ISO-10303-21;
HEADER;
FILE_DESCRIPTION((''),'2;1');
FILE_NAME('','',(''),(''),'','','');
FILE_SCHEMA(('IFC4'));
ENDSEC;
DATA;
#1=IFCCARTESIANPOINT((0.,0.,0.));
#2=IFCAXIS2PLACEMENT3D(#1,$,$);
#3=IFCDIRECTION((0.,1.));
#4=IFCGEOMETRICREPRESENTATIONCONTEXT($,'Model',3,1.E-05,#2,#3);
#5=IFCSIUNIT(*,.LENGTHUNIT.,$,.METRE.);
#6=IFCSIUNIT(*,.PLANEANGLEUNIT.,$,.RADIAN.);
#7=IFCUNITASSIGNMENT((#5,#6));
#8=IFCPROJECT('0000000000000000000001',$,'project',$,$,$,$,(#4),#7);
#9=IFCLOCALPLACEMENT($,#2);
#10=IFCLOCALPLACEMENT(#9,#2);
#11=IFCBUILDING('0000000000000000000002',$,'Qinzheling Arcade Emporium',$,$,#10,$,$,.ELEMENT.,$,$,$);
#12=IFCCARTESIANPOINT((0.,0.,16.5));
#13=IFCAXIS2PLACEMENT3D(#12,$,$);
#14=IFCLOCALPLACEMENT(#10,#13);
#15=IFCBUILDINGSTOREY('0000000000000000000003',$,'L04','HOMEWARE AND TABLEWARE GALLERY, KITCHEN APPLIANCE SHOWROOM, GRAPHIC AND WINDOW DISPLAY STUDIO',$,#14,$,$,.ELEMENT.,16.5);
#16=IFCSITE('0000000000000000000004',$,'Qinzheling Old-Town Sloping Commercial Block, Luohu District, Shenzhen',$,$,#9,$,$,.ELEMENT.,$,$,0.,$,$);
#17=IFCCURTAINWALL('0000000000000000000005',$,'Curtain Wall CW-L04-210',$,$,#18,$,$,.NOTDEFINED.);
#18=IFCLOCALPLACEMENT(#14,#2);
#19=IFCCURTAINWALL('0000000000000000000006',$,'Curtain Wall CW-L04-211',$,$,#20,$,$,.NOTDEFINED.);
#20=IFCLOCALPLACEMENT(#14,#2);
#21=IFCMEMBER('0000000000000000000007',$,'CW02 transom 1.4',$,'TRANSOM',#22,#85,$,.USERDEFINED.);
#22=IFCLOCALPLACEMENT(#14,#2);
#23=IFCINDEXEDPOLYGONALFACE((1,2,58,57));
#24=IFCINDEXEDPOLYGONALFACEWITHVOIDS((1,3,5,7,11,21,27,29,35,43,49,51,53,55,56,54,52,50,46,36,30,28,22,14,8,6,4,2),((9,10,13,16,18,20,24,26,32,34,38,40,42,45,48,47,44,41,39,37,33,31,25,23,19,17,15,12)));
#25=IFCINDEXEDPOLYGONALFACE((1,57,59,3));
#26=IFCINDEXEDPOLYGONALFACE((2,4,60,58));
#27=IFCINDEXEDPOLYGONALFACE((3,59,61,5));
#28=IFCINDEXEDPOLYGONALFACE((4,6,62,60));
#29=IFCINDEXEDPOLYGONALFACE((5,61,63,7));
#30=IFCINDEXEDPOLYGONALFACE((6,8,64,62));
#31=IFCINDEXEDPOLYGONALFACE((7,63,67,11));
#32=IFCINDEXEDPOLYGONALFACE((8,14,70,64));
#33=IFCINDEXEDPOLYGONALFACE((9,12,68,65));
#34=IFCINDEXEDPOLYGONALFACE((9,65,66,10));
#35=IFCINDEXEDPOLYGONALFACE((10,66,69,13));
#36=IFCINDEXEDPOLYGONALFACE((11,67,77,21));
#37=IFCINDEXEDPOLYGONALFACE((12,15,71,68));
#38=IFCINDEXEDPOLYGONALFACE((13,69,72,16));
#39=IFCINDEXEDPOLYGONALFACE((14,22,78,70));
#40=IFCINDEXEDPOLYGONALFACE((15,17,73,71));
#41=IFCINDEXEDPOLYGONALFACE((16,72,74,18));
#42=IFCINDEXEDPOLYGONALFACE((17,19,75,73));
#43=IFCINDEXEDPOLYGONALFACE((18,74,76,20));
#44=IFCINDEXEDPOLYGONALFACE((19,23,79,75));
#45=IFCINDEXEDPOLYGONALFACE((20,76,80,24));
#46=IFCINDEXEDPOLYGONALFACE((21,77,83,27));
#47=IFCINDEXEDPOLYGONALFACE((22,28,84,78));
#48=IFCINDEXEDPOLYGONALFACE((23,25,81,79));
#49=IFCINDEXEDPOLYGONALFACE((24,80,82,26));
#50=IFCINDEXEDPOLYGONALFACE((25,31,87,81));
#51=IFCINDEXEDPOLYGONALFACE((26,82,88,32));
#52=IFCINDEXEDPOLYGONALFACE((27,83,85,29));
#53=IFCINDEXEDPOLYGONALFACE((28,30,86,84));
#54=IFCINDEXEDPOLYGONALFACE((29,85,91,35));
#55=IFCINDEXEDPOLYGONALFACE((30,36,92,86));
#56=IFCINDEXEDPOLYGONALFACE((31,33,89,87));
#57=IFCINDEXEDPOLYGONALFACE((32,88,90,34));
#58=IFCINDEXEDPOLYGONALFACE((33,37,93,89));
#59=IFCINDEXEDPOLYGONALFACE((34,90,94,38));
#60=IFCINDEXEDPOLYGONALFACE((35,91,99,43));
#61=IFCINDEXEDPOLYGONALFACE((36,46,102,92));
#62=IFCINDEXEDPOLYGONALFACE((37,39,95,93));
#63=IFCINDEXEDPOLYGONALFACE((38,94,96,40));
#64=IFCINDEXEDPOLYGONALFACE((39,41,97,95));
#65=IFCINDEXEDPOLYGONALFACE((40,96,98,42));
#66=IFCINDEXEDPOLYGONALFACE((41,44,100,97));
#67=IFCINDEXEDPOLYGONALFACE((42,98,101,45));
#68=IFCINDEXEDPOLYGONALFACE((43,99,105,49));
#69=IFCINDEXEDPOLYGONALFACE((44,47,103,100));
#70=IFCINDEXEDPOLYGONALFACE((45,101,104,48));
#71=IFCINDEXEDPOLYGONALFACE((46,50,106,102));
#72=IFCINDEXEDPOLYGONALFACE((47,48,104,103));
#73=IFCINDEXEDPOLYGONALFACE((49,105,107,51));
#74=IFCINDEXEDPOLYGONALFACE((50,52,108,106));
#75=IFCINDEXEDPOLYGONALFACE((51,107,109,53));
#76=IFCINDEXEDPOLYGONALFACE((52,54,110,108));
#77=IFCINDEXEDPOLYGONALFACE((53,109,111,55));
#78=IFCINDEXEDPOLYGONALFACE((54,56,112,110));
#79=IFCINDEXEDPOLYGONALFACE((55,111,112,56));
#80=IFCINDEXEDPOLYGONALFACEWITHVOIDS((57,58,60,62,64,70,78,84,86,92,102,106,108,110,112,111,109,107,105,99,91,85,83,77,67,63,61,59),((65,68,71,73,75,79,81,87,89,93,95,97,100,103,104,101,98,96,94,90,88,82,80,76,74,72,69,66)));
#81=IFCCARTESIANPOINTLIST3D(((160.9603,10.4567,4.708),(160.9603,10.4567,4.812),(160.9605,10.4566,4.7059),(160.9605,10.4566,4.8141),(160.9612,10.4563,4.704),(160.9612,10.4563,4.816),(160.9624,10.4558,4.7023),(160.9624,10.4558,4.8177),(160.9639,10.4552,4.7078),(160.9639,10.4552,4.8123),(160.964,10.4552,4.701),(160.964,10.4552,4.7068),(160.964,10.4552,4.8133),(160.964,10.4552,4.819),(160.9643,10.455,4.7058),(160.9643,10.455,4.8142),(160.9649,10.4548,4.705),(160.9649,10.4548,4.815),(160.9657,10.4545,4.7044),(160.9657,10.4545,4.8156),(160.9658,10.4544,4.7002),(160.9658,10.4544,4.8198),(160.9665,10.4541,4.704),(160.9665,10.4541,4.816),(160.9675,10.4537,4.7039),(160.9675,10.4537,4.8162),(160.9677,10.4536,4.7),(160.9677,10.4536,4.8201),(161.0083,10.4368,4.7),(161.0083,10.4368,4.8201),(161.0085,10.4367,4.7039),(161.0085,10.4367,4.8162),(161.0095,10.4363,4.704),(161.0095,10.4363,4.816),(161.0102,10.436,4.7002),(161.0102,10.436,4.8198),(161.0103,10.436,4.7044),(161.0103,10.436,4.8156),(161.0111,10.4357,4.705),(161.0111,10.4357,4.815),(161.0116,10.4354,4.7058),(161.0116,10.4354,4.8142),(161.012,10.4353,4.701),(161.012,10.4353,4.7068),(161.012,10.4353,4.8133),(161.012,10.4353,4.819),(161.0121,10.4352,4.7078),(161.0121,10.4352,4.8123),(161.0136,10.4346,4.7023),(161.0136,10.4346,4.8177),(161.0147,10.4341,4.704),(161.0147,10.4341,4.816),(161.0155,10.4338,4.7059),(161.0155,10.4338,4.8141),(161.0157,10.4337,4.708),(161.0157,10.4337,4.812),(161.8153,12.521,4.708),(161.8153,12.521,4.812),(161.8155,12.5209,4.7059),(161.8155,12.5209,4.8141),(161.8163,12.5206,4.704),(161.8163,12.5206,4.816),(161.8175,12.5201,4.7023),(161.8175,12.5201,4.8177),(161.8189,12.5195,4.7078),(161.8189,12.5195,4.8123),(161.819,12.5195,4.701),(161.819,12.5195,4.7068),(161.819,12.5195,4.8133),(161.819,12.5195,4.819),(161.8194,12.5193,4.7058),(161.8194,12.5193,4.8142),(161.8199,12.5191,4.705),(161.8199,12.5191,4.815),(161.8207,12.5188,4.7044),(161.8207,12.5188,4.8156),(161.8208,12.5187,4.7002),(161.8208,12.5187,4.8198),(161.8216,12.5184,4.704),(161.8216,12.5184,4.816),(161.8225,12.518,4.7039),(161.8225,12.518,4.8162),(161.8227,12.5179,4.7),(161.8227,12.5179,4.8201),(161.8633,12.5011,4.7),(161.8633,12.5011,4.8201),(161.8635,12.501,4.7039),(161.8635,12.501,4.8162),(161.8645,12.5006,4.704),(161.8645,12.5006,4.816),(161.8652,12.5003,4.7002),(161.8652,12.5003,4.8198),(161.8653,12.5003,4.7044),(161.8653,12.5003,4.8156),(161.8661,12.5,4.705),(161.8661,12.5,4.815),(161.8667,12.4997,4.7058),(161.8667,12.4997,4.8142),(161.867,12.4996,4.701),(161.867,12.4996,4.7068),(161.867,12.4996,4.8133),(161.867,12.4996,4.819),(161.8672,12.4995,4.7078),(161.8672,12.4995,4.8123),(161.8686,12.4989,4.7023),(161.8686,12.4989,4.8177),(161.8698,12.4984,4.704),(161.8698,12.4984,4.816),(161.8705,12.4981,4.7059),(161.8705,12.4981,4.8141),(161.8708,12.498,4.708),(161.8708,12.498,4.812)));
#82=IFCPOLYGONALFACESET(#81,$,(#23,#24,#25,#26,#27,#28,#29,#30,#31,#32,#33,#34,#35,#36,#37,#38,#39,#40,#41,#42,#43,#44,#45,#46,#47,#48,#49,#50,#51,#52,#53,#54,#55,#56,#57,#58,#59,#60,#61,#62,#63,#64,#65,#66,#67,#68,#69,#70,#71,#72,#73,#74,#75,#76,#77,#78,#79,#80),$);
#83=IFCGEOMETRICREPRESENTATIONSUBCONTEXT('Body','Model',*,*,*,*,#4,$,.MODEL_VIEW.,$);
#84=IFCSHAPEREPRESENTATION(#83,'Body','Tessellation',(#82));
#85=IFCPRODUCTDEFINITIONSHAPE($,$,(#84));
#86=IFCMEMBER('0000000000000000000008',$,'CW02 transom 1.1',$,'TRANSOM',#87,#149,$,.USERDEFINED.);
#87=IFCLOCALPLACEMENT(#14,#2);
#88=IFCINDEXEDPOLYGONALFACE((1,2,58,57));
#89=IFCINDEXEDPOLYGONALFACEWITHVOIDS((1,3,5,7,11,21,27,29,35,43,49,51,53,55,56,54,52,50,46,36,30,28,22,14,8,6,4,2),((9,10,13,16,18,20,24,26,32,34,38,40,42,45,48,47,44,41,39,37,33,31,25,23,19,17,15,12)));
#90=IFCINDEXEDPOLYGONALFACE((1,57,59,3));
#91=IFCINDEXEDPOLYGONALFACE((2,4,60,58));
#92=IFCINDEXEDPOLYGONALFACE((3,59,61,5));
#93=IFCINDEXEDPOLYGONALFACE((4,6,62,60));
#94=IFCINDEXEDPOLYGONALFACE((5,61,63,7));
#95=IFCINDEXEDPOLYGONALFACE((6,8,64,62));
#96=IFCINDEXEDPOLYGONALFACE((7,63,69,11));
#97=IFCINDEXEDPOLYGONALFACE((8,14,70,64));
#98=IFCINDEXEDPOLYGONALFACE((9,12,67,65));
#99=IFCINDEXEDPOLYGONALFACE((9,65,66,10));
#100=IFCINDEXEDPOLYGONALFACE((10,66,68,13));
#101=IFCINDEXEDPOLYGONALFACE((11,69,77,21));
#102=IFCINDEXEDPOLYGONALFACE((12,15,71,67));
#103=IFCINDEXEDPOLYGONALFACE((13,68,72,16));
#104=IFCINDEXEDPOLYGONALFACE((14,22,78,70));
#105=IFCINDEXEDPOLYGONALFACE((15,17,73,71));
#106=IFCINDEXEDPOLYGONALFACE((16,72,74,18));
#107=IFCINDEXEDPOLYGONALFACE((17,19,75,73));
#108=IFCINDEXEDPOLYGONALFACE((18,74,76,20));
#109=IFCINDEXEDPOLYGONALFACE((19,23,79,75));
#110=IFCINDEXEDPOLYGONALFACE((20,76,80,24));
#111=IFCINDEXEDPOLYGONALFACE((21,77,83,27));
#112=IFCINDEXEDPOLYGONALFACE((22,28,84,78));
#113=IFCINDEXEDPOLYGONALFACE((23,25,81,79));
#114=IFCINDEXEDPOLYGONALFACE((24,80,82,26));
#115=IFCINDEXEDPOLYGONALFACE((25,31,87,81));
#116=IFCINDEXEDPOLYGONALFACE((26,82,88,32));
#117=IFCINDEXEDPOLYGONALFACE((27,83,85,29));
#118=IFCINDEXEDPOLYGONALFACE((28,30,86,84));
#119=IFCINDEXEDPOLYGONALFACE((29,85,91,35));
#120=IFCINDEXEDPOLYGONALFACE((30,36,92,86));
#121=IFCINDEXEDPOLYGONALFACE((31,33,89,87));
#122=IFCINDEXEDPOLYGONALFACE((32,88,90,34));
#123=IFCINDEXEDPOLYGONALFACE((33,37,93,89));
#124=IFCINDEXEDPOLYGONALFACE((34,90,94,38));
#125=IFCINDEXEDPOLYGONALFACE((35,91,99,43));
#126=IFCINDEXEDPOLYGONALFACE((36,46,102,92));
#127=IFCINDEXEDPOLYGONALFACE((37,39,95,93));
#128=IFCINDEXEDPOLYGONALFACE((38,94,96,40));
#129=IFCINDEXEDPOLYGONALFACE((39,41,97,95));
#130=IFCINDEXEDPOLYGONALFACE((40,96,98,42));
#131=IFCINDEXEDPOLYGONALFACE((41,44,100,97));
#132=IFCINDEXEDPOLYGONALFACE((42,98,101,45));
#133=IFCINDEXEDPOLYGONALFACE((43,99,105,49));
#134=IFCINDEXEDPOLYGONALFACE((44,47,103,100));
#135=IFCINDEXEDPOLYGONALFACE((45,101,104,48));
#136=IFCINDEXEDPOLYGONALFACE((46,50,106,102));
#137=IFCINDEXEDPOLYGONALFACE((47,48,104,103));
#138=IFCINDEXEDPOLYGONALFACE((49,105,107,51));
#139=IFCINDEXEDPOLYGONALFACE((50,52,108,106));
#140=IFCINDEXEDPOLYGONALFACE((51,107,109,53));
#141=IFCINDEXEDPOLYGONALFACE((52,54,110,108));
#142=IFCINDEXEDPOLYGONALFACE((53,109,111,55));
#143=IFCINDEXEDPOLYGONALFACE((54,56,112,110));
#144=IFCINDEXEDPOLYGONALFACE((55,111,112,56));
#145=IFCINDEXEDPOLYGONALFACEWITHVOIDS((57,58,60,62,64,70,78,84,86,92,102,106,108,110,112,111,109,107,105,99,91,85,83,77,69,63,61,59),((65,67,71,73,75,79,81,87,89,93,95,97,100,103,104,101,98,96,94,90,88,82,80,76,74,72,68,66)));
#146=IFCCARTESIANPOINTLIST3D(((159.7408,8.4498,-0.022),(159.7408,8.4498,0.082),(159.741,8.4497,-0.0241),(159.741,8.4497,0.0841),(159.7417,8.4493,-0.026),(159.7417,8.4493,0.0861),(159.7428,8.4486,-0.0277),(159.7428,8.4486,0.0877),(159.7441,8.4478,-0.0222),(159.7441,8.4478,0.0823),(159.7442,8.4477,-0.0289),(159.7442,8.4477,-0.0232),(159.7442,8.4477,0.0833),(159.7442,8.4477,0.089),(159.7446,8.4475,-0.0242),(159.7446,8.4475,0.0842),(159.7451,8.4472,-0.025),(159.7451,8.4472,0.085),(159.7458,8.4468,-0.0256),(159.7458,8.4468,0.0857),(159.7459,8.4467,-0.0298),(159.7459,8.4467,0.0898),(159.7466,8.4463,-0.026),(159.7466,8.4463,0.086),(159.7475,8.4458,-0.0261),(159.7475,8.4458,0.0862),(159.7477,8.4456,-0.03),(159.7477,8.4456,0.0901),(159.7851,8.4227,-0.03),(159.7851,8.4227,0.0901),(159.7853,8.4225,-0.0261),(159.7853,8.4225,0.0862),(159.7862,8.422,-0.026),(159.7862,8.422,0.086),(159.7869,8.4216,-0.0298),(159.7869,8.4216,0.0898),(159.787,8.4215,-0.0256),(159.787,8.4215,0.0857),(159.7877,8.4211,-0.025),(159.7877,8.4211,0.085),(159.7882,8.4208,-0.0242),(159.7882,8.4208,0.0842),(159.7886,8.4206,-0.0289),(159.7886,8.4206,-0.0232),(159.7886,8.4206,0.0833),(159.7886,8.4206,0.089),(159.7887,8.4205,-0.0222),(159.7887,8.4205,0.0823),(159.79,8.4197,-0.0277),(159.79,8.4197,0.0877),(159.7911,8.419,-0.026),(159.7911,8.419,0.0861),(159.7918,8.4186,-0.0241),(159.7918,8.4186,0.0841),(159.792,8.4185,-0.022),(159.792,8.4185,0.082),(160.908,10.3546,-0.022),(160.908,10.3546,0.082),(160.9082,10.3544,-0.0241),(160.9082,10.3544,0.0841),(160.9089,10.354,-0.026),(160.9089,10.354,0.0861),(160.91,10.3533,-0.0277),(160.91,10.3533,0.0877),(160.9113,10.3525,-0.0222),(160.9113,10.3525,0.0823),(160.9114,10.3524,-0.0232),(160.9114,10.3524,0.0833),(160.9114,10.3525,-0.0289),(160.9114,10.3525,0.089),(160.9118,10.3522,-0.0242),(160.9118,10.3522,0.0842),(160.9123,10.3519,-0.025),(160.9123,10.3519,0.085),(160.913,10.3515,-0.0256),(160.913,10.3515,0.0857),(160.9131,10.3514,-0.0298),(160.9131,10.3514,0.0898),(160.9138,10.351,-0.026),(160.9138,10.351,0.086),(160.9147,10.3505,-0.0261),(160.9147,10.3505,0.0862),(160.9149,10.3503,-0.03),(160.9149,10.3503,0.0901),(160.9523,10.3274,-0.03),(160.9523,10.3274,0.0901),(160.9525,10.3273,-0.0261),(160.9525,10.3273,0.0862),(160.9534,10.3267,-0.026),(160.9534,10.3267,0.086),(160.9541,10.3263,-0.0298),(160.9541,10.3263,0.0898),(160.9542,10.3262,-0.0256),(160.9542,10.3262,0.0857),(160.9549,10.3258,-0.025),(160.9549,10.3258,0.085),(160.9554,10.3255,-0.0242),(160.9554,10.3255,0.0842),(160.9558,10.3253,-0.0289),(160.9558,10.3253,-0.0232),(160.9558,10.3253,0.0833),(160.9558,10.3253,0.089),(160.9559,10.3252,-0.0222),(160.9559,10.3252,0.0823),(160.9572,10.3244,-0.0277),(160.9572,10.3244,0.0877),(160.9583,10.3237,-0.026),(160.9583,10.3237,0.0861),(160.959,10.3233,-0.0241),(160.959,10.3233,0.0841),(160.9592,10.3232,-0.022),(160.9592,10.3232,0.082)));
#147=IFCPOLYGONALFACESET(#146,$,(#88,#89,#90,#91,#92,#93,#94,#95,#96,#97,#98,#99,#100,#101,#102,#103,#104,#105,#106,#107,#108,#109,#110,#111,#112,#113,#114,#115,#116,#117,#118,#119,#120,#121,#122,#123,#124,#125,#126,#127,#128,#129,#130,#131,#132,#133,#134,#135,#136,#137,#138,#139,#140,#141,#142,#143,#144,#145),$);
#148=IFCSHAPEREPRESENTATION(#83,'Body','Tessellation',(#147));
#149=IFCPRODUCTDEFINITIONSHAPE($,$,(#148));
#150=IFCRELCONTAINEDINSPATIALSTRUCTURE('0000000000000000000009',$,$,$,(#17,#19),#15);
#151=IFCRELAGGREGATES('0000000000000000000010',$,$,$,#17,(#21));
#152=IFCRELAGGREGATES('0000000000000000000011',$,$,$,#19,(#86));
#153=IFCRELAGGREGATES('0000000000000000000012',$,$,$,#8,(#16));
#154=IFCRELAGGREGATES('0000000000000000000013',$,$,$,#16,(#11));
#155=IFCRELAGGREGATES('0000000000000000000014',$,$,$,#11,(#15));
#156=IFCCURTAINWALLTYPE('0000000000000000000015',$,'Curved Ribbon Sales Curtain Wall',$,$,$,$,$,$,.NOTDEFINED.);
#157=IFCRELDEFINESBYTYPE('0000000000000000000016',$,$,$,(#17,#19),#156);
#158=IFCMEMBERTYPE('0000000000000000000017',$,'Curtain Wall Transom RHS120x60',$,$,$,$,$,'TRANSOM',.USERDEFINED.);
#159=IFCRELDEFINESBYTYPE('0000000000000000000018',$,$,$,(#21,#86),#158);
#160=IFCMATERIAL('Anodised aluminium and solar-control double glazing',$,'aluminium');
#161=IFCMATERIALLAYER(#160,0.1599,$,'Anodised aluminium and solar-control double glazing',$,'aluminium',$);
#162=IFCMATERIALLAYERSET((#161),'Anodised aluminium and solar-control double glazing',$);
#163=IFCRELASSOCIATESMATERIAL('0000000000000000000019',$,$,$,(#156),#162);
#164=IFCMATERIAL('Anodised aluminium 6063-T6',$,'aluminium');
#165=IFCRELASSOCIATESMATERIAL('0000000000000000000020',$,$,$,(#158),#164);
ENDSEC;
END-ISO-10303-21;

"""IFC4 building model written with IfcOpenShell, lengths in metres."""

from ifc_helpers import new_model, si_unit, direction, frame, origin, origin_2d, place, context, subcontext, project, spatial, hollow_rectangle, extrude, material, layer, layer_set, material_profile, profile_set, type_object, element, aggregate, save


model = new_model("IFC4")

# Units and contexts
model_context = context("Model", 3, precision=1e-05, world=origin(), true_north=direction((0.0, 1.0)))
body_context = subcontext(model_context, "Body", "Model", "MODEL_VIEW")
ifc_project = project(units=[si_unit("LENGTHUNIT", "METRE"), si_unit("PLANEANGLEUNIT", "RADIAN")], contexts=[model_context])

# Site, building, storey
site_placement = place(None, origin())
site = spatial("IfcSite", under=ifc_project, at=site_placement, Name="Qinzheling Old-Town Sloping Commercial Block, Luohu District, Shenzhen", CompositionType="ELEMENT", RefElevation=0.0)
building_placement = place(site_placement, origin())
building = spatial("IfcBuilding", under=site, at=building_placement, Name="Qinzheling Arcade Emporium", CompositionType="ELEMENT")
storey_placement = place(building_placement, frame((0.0, 0.0, 16.5)))
storey = spatial("IfcBuildingStorey", under=building, at=storey_placement, Name="L04", Description="HOMEWARE AND TABLEWARE GALLERY, KITCHEN APPLIANCE SHOWROOM, GRAPHIC AND WINDOW DISPLAY STUDIO", CompositionType="ELEMENT", Elevation=16.5)

# Curtain wall
ifc_material_1 = material(Name="Anodised aluminium and solar-control double glazing", Category="aluminium")
ifc_material_2 = material(Name="Anodised aluminium 6063-T6", Category="aluminium")
ifc_layer_1 = layer(ifc_material_1, 0.1599, Name="Anodised aluminium and solar-control double glazing", Category="aluminium")
ifc_layer_set_1 = layer_set([ifc_layer_1], Name="Anodised aluminium and solar-control double glazing")
curtain_wall_type_1 = type_object("IfcCurtainWallType", Name="Curved Ribbon Sales Curtain Wall", PredefinedType="NOTDEFINED", material=ifc_layer_set_1)
curtain_wall_1_placement = place(storey_placement, origin())
curtain_wall_1 = element("IfcCurtainWall", 1, at=curtain_wall_1_placement, inside=storey, type_object=curtain_wall_type_1, Name="Curtain Wall CW-L04-210", PredefinedType="NOTDEFINED")

# Curtain wall
curtain_wall_2_placement = place(storey_placement, origin())
curtain_wall_2 = element("IfcCurtainWall", 2, at=curtain_wall_2_placement, inside=storey, type_object=curtain_wall_type_1, Name="Curtain Wall CW-L04-211", PredefinedType="NOTDEFINED")

# Members
ifc_material_profile_1 = material_profile(ifc_material_2, hollow_rectangle(XDim=0.0601, YDim=0.1201, WallThickness=0.0039, InnerFilletRadius=0.0039, OuterFilletRadius=0.0081, at=origin_2d()), Name="RHS 120x60x4", Category="aluminium")
ifc_profile_set_1 = profile_set([ifc_material_profile_1], Name="Anodised aluminium 6063-T6")
member_type_1 = type_object("IfcMemberType", Name="Curtain Wall Transom RHS120x60", ElementType="TRANSOM", PredefinedType="USERDEFINED", material=ifc_profile_set_1)
member_1_placement = place(storey_placement, frame((161.843, 12.5095, 4.76), z_axis=(-0.382667, -0.923886, 0.0), x_axis=(0.923886, -0.382667, 0.0)))
member_1 = element("IfcMember", 3, at=member_1_placement, type_object=member_type_1, Name="CW02 transom 1.4", ObjectType="TRANSOM", PredefinedType="USERDEFINED", context=body_context, shape_type="SweptSolid", body=[
    extrude(hollow_rectangle(XDim=0.0601, YDim=0.1201, WallThickness=0.0039, InnerFilletRadius=0.0039, OuterFilletRadius=0.0081, at=origin_2d()), origin(), (0.0, 0.0, 1.0), 2.2344),
])
member_2_placement = place(storey_placement, frame((160.9336, 10.3389, 0.03), z_axis=(-0.522493, -0.852644, 0.0), x_axis=(0.852644, -0.522493, 0.0)))
member_2 = element("IfcMember", 4, at=member_2_placement, type_object=member_type_1, Name="CW02 transom 1.1", ObjectType="TRANSOM", PredefinedType="USERDEFINED", context=body_context, shape_type="SweptSolid", body=[
    extrude(hollow_rectangle(XDim=0.0601, YDim=0.1201, WallThickness=0.0039, InnerFilletRadius=0.0039, OuterFilletRadius=0.0081, at=origin_2d()), origin(), (0.0, 0.0, 1.0), 2.2339),
])

aggregate(curtain_wall_1, [member_1])
aggregate(curtain_wall_2, [member_2])

save(model, "model.ifc")
